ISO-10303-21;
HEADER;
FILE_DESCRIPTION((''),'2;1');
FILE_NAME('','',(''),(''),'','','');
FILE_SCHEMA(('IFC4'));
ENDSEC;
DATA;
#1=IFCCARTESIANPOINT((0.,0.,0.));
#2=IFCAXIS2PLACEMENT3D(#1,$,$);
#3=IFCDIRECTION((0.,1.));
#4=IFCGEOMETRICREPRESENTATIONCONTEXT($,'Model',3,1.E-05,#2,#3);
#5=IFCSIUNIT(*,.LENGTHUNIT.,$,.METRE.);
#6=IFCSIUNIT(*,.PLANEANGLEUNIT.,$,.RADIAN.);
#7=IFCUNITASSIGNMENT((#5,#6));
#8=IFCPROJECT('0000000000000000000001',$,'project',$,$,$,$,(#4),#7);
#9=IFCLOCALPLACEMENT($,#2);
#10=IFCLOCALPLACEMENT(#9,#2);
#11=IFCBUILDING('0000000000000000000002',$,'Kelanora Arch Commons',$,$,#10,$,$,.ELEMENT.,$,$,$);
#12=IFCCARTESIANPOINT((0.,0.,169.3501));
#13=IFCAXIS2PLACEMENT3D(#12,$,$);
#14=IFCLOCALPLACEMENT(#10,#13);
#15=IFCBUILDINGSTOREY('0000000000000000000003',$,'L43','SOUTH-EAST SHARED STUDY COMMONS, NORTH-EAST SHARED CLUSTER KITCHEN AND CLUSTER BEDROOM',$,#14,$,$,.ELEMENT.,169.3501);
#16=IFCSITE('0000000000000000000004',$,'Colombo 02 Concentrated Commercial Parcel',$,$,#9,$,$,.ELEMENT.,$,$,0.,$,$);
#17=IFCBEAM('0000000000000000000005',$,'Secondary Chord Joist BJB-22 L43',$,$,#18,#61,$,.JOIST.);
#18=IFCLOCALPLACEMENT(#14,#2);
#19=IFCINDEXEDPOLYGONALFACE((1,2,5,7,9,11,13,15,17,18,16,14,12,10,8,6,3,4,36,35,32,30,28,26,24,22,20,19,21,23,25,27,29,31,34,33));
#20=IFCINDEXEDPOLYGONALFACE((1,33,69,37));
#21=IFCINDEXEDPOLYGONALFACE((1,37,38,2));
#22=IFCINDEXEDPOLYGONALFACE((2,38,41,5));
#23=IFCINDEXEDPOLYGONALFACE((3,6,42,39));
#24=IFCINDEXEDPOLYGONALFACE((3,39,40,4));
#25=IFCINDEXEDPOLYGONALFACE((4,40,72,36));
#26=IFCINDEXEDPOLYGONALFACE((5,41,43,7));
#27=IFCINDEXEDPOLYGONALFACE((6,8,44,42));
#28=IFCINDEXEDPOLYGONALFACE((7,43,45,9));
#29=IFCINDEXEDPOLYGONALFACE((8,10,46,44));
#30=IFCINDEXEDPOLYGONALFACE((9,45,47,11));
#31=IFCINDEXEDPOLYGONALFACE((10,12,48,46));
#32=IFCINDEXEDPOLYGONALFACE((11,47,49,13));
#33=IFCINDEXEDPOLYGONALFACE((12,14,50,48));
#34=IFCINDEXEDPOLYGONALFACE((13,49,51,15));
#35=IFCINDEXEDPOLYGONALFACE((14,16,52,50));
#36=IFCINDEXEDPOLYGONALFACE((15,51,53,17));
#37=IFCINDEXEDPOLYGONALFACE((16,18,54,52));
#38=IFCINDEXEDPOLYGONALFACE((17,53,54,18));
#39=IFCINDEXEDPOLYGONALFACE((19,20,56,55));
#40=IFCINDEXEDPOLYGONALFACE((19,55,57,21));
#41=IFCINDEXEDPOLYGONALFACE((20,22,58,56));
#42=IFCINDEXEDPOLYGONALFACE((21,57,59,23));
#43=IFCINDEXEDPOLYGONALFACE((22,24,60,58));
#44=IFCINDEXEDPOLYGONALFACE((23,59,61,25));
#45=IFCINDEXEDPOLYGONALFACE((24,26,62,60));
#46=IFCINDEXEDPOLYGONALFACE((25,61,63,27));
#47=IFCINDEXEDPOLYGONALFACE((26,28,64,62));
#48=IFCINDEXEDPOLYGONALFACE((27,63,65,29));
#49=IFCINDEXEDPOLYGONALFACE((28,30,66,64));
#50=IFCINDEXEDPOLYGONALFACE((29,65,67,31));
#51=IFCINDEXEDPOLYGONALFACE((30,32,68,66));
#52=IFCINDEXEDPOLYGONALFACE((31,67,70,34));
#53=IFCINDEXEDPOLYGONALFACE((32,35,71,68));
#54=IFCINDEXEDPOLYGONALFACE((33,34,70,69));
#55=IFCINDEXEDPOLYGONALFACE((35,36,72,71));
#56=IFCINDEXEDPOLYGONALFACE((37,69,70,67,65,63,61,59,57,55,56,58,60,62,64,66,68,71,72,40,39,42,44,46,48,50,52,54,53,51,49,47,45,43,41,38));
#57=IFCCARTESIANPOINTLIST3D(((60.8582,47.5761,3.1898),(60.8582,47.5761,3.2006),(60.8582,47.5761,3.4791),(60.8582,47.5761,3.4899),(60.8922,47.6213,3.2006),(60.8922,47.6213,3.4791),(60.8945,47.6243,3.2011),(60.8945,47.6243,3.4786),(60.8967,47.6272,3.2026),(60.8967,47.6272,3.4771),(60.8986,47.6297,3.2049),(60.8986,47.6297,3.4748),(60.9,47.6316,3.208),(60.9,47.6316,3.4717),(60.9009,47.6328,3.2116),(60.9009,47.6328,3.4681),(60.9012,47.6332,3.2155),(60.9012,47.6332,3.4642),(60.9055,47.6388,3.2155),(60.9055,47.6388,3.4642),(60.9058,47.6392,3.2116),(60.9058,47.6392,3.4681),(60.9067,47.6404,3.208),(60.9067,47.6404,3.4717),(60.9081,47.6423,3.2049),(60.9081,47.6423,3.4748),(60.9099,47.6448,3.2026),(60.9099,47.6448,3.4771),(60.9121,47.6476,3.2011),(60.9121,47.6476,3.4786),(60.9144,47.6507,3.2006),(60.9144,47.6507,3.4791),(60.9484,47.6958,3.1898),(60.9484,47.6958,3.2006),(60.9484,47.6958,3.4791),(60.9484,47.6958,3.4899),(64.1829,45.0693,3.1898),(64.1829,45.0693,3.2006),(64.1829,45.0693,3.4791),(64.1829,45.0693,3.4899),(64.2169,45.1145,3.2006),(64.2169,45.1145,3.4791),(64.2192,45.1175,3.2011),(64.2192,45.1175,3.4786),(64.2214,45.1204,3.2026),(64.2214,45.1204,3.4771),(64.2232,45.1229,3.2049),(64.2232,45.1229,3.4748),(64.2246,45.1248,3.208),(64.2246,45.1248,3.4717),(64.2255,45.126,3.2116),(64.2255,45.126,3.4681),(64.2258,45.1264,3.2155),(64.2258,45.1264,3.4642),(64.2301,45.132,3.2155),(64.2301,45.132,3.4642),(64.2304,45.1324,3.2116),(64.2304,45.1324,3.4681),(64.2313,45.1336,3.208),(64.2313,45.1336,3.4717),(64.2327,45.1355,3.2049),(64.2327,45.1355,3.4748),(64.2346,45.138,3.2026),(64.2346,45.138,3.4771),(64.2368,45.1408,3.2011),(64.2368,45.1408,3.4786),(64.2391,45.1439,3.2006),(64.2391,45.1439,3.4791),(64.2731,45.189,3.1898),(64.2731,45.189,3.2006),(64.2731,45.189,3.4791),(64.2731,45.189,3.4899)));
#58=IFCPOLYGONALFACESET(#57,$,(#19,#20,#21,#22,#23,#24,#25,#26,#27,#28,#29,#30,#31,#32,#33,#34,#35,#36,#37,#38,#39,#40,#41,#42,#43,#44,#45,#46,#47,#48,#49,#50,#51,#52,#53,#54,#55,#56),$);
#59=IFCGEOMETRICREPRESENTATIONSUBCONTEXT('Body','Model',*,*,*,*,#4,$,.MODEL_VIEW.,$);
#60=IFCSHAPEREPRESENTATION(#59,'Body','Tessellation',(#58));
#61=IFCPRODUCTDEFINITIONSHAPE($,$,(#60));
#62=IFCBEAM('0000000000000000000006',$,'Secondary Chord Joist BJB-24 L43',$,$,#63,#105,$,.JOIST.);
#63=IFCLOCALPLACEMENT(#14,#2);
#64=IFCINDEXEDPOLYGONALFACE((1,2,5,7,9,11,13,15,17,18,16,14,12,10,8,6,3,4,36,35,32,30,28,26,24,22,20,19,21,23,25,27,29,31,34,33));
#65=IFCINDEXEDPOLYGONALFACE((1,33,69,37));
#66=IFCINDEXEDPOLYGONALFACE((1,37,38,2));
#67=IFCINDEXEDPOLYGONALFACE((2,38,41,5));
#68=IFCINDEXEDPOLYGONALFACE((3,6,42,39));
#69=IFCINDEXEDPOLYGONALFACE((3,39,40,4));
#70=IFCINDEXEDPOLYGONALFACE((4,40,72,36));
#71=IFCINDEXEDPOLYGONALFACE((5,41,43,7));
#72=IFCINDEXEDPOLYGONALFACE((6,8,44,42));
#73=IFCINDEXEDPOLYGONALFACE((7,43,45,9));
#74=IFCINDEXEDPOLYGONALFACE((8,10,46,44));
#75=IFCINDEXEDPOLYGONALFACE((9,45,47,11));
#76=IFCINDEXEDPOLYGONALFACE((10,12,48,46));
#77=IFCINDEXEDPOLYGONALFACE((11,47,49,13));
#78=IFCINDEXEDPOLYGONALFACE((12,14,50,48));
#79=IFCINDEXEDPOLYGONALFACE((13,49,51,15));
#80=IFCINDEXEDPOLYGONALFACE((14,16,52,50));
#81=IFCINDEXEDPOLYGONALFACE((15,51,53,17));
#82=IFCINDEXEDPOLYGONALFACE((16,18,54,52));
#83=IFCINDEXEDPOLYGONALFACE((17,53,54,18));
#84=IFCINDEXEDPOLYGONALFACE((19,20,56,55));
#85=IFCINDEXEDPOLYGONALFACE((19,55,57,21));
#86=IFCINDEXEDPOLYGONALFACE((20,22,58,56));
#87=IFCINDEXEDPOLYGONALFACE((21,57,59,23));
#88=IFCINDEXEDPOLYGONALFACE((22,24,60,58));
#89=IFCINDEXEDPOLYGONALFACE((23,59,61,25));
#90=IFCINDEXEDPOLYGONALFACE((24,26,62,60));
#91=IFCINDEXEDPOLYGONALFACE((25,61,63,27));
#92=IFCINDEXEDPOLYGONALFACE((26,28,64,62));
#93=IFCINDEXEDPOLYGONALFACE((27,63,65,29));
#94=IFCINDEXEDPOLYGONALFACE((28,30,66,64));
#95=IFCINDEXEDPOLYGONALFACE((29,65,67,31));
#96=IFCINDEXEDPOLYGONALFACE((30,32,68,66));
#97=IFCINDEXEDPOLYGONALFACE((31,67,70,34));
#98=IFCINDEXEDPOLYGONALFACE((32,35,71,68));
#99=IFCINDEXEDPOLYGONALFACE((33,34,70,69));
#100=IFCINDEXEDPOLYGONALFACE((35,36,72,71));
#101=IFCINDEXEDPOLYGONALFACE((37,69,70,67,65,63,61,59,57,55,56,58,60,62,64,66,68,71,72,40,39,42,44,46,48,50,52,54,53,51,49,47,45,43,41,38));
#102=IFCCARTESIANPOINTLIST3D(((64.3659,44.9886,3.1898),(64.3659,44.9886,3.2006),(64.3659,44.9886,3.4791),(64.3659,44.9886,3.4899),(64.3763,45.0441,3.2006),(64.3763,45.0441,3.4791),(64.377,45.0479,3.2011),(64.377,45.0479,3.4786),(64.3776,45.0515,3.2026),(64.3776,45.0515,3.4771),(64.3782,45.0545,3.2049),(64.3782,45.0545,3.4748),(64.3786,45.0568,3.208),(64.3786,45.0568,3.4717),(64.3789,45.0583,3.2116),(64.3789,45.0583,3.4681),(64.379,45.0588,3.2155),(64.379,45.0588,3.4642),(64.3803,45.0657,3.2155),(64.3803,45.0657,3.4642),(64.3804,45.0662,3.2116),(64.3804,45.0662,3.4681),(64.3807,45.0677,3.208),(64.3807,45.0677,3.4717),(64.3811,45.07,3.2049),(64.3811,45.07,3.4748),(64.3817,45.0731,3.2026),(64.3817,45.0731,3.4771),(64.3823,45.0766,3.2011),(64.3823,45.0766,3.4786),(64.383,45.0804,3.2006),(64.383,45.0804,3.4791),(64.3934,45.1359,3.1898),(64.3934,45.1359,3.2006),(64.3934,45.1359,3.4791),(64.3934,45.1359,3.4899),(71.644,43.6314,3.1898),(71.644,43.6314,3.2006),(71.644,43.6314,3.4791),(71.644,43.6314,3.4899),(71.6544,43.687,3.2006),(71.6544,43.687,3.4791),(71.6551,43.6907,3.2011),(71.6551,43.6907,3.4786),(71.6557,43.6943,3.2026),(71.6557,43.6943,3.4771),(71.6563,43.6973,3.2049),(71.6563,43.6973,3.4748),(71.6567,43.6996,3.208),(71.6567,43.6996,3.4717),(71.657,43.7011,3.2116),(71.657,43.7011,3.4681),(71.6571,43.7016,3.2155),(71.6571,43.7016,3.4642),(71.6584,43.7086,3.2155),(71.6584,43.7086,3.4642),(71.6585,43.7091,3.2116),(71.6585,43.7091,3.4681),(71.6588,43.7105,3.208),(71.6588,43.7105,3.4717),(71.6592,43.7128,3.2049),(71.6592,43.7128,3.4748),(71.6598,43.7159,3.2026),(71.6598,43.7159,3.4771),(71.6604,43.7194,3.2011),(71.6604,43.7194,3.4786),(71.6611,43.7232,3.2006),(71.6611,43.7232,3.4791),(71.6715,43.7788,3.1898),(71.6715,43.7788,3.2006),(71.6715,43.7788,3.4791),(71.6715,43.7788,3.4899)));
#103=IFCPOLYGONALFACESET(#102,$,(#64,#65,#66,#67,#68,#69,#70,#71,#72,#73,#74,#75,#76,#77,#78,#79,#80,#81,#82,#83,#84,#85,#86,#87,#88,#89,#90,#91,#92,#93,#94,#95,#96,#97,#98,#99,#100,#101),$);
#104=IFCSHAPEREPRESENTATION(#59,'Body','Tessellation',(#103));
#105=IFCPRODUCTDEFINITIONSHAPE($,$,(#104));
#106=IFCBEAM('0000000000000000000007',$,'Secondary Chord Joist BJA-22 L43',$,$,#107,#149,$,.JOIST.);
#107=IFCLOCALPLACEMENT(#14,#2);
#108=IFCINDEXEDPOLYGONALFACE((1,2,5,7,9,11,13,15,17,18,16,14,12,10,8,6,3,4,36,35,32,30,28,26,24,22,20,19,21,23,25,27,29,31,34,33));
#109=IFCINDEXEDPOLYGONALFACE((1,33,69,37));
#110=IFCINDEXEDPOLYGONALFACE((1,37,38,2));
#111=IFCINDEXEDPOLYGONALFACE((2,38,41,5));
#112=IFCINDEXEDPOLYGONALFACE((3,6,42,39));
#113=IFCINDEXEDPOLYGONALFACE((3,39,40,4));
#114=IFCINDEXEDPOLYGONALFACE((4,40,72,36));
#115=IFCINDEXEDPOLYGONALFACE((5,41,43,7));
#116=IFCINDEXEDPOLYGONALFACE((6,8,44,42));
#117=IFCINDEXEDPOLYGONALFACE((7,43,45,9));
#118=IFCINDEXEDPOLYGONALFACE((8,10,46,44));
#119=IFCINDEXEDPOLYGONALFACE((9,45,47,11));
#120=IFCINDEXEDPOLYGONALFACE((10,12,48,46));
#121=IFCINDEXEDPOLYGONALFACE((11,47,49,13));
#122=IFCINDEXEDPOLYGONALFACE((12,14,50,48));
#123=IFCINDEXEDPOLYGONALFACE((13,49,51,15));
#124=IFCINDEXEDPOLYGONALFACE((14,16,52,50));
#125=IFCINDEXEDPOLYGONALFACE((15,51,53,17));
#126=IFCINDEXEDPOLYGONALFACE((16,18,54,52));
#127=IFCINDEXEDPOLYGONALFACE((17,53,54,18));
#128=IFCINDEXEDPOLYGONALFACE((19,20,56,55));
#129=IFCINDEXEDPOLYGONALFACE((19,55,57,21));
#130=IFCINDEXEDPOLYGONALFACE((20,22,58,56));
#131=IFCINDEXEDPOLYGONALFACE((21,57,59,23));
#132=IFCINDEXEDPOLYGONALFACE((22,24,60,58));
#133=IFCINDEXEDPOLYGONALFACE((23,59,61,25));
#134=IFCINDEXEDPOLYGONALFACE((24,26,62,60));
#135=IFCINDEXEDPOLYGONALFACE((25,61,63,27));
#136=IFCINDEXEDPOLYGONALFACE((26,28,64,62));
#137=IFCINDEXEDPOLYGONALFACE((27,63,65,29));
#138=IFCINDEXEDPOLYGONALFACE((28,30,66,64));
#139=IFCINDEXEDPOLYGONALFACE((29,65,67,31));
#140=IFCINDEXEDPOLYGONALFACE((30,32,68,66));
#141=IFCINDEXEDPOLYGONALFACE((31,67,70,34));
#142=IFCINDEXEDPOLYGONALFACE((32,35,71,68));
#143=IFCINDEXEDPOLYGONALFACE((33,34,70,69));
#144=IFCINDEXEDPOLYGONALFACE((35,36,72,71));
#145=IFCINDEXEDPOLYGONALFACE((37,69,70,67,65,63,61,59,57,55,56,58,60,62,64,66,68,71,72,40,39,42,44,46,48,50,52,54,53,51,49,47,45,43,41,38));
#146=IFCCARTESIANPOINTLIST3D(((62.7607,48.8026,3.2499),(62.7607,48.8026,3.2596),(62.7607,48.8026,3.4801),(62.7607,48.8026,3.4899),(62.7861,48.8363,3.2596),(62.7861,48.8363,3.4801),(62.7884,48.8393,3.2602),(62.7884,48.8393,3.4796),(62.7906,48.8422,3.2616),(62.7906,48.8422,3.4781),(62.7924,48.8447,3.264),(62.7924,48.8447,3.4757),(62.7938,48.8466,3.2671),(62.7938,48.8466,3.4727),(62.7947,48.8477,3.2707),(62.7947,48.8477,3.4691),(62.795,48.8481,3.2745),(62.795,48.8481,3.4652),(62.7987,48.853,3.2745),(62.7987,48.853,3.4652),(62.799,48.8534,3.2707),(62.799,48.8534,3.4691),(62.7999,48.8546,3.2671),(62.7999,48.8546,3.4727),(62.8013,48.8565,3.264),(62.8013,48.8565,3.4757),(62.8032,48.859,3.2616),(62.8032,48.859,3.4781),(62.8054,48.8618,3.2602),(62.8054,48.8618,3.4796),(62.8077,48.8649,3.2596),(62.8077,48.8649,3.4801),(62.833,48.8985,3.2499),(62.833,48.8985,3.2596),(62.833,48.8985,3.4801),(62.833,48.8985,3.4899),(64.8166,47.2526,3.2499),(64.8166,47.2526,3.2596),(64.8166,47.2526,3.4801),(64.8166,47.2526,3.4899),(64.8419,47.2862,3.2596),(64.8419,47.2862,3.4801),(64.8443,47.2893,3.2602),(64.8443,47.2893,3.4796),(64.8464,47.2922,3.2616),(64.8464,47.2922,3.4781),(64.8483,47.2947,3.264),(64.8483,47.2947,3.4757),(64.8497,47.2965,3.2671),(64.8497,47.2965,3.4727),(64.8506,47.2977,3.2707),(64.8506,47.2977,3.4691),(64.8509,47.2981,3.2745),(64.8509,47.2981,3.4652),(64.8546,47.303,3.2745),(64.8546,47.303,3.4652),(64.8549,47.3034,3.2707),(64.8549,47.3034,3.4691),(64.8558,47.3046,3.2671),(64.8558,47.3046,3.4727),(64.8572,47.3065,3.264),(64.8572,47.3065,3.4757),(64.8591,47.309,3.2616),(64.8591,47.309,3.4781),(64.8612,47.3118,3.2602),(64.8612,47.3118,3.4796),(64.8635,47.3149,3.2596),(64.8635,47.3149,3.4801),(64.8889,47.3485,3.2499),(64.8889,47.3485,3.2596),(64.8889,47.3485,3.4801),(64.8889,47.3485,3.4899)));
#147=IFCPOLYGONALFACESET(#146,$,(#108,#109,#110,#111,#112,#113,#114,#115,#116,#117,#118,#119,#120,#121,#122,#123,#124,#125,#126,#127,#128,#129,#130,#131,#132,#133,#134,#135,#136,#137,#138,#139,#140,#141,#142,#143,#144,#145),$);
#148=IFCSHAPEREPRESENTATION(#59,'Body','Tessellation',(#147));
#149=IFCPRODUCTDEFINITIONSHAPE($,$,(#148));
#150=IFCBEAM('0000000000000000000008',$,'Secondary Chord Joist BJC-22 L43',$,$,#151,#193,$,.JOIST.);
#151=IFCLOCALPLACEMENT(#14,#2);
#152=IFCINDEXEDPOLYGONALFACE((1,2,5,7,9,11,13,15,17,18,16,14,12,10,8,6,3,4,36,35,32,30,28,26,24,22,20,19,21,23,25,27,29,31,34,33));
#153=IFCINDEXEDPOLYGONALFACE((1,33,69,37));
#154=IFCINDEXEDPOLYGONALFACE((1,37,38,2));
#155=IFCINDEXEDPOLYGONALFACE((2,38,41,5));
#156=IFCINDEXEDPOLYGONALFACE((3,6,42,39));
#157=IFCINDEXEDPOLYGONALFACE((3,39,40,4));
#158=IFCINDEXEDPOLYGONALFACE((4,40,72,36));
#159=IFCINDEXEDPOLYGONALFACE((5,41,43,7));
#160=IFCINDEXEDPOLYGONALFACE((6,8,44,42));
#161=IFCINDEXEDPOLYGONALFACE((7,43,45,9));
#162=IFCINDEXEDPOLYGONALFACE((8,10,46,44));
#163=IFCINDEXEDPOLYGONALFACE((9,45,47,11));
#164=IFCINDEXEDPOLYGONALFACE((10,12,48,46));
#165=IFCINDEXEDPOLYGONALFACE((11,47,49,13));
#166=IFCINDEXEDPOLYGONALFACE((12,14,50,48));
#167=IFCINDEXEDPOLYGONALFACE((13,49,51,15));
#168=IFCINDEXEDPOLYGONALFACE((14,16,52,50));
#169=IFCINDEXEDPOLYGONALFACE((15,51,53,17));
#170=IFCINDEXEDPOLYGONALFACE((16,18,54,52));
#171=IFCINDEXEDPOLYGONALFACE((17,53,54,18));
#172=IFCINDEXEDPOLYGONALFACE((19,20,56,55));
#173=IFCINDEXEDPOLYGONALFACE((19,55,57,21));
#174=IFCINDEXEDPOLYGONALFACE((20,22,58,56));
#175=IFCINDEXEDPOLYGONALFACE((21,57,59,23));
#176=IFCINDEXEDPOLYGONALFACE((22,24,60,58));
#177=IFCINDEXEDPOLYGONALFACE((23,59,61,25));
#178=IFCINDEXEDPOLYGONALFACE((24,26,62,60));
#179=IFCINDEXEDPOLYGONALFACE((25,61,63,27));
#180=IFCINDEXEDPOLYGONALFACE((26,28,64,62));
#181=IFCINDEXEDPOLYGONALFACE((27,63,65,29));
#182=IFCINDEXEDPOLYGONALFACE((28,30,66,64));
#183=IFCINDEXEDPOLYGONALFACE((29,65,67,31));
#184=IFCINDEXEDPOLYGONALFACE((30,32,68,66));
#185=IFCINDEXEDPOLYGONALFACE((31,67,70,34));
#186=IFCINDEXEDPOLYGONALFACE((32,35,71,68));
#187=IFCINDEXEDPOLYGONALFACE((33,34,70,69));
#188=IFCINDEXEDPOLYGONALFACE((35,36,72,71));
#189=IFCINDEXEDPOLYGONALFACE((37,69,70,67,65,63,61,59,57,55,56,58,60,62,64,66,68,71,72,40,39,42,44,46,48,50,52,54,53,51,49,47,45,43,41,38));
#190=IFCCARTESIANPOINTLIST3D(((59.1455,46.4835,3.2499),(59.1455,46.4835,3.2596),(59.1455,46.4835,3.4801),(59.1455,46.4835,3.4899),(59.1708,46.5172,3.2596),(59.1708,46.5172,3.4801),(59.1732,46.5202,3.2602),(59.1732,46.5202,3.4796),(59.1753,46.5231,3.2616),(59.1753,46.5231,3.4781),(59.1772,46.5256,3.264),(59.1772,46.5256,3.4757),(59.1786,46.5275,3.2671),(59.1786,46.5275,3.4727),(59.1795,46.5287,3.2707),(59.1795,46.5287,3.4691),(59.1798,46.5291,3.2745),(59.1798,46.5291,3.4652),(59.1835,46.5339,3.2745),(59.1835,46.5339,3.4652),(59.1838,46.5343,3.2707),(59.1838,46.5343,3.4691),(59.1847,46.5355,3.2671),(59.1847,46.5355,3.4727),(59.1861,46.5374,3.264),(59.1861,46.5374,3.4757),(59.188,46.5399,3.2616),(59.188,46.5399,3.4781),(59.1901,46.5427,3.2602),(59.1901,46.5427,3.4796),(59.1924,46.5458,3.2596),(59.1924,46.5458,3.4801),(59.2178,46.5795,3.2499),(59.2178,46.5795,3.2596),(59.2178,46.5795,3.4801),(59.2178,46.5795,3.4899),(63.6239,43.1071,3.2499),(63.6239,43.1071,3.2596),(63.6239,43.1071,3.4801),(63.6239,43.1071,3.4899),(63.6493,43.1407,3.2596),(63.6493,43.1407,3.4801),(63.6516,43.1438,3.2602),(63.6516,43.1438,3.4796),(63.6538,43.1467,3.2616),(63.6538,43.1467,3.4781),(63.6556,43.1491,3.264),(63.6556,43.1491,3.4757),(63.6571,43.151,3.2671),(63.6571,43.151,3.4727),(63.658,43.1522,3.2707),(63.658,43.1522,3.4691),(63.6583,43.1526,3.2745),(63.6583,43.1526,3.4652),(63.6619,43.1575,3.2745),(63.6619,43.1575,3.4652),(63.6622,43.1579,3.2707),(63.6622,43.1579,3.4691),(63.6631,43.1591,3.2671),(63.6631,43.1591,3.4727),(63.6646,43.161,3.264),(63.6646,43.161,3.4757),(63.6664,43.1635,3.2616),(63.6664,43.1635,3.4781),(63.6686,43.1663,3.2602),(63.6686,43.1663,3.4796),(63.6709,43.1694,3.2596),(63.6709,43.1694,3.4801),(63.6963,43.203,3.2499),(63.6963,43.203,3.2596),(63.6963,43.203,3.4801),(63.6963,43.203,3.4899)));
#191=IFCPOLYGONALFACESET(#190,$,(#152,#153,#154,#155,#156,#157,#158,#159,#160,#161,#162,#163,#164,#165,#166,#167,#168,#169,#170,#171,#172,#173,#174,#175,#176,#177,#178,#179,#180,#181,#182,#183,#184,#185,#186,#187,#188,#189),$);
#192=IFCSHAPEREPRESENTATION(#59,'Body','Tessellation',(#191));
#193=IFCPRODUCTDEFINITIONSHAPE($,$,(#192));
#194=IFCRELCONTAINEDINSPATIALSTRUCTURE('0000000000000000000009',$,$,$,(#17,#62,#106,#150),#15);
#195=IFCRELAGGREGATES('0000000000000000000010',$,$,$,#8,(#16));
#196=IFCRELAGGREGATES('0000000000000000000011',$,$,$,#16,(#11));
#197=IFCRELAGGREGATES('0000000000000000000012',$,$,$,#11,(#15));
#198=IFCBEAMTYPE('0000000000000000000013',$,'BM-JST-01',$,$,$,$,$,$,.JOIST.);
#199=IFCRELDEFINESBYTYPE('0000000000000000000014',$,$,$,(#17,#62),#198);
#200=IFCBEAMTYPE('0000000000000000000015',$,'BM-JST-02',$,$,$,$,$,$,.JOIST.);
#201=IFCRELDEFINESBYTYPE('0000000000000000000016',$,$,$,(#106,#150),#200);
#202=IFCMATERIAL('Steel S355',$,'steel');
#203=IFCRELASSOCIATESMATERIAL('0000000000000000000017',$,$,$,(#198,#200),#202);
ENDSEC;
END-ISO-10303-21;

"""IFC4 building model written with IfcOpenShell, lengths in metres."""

from ifc_helpers import new_model, si_unit, direction, frame, origin, origin_2d, place, context, subcontext, project, spatial, i_section, extrude, material, material_profile, profile_set, type_object, element, save


model = new_model("IFC4")

# Units and contexts
model_context = context("Model", 3, precision=1e-05, world=origin(), true_north=direction((0.0, 1.0)))
body_context = subcontext(model_context, "Body", "Model", "MODEL_VIEW")
ifc_project = project(units=[si_unit("LENGTHUNIT", "METRE"), si_unit("PLANEANGLEUNIT", "RADIAN")], contexts=[model_context])

# Site, building, storey
site_placement = place(None, origin())
site = spatial("IfcSite", under=ifc_project, at=site_placement, Name="Colombo 02 Concentrated Commercial Parcel", CompositionType="ELEMENT", RefElevation=0.0)
building_placement = place(site_placement, origin())
building = spatial("IfcBuilding", under=site, at=building_placement, Name="Kelanora Arch Commons", CompositionType="ELEMENT")
storey_placement = place(building_placement, frame((0.0, 0.0, 169.3501)))
storey = spatial("IfcBuildingStorey", under=building, at=storey_placement, Name="L43", Description="SOUTH-EAST SHARED STUDY COMMONS, NORTH-EAST SHARED CLUSTER KITCHEN AND CLUSTER BEDROOM", CompositionType="ELEMENT", Elevation=169.3501)

# Beams
ifc_material_1 = material(Name="Steel S355", Category="steel")
ifc_material_profile_1 = material_profile(ifc_material_1, i_section(OverallWidth=0.1499, OverallDepth=0.3, WebThickness=0.0071, FlangeThickness=0.0107, FilletRadius=0.0149, at=origin_2d()), Name="IPE300")
ifc_profile_set_1 = profile_set([ifc_material_profile_1], Name="Steel S355")
beam_type_1 = type_object("IfcBeamType", Name="BM-JST-01", PredefinedType="JOIST", material=ifc_profile_set_1)
beam_1_placement = place(storey_placement, frame((60.9033, 47.636, 3.3398), z_axis=(0.798464, -0.602043, 0.0), x_axis=(0.602043, 0.798464, 0.0)))
element("IfcBeam", 1, at=beam_1_placement, inside=storey, type_object=beam_type_1, Name="Secondary Chord Joist BJB-22 L43", PredefinedType="JOIST", context=body_context, shape_type="SweptSolid", body=[
    extrude(i_section(OverallWidth=0.1499, OverallDepth=0.3, WebThickness=0.0071, FlangeThickness=0.0107, FilletRadius=0.0149, at=origin_2d()), origin(), (0.0, 0.0, 1.0), 4.1638),
])
beam_2_placement = place(storey_placement, frame((64.3796, 45.0623, 3.3398), z_axis=(0.983054, -0.183315, 0.0), x_axis=(0.183315, 0.983054, 0.0)))
element("IfcBeam", 2, at=beam_2_placement, inside=storey, type_object=beam_type_1, Name="Secondary Chord Joist BJB-24 L43", PredefinedType="JOIST", context=body_context, shape_type="SweptSolid", body=[
    extrude(i_section(OverallWidth=0.1499, OverallDepth=0.3, WebThickness=0.0071, FlangeThickness=0.0107, FilletRadius=0.0149, at=origin_2d()), origin(), (0.0, 0.0, 1.0), 7.4036),
])
ifc_material_profile_2 = material_profile(ifc_material_1, i_section(OverallWidth=0.1201, OverallDepth=0.24, WebThickness=0.0061, FlangeThickness=0.0098, FilletRadius=0.0149, at=origin_2d()), Name="IPE240")
ifc_profile_set_2 = profile_set([ifc_material_profile_2], Name="Steel S355")
beam_type_2 = type_object("IfcBeamType", Name="BM-JST-02", PredefinedType="JOIST", material=ifc_profile_set_2)
beam_3_placement = place(storey_placement, frame((62.7969, 48.8506, 3.3699), z_axis=(0.798484, -0.602016, 0.0), x_axis=(0.602016, 0.798484, 0.0)))
element("IfcBeam", 3, at=beam_3_placement, inside=storey, type_object=beam_type_2, Name="Secondary Chord Joist BJA-22 L43", PredefinedType="JOIST", context=body_context, shape_type="SweptSolid", body=[
    extrude(i_section(OverallWidth=0.1201, OverallDepth=0.24, WebThickness=0.0061, FlangeThickness=0.0098, FilletRadius=0.0149, at=origin_2d()), origin(), (0.0, 0.0, 1.0), 2.5747),
])
beam_4_placement = place(storey_placement, frame((59.1816, 46.5315, 3.3699), z_axis=(0.798493, -0.602004, 0.0), x_axis=(0.602004, 0.798493, 0.0)))
element("IfcBeam", 4, at=beam_4_placement, inside=storey, type_object=beam_type_2, Name="Secondary Chord Joist BJC-22 L43", PredefinedType="JOIST", context=body_context, shape_type="SweptSolid", body=[
    extrude(i_section(OverallWidth=0.1201, OverallDepth=0.24, WebThickness=0.0061, FlangeThickness=0.0098, FilletRadius=0.0149, at=origin_2d()), origin(), (0.0, 0.0, 1.0), 5.6086),
])

save(model, "model.ifc")
